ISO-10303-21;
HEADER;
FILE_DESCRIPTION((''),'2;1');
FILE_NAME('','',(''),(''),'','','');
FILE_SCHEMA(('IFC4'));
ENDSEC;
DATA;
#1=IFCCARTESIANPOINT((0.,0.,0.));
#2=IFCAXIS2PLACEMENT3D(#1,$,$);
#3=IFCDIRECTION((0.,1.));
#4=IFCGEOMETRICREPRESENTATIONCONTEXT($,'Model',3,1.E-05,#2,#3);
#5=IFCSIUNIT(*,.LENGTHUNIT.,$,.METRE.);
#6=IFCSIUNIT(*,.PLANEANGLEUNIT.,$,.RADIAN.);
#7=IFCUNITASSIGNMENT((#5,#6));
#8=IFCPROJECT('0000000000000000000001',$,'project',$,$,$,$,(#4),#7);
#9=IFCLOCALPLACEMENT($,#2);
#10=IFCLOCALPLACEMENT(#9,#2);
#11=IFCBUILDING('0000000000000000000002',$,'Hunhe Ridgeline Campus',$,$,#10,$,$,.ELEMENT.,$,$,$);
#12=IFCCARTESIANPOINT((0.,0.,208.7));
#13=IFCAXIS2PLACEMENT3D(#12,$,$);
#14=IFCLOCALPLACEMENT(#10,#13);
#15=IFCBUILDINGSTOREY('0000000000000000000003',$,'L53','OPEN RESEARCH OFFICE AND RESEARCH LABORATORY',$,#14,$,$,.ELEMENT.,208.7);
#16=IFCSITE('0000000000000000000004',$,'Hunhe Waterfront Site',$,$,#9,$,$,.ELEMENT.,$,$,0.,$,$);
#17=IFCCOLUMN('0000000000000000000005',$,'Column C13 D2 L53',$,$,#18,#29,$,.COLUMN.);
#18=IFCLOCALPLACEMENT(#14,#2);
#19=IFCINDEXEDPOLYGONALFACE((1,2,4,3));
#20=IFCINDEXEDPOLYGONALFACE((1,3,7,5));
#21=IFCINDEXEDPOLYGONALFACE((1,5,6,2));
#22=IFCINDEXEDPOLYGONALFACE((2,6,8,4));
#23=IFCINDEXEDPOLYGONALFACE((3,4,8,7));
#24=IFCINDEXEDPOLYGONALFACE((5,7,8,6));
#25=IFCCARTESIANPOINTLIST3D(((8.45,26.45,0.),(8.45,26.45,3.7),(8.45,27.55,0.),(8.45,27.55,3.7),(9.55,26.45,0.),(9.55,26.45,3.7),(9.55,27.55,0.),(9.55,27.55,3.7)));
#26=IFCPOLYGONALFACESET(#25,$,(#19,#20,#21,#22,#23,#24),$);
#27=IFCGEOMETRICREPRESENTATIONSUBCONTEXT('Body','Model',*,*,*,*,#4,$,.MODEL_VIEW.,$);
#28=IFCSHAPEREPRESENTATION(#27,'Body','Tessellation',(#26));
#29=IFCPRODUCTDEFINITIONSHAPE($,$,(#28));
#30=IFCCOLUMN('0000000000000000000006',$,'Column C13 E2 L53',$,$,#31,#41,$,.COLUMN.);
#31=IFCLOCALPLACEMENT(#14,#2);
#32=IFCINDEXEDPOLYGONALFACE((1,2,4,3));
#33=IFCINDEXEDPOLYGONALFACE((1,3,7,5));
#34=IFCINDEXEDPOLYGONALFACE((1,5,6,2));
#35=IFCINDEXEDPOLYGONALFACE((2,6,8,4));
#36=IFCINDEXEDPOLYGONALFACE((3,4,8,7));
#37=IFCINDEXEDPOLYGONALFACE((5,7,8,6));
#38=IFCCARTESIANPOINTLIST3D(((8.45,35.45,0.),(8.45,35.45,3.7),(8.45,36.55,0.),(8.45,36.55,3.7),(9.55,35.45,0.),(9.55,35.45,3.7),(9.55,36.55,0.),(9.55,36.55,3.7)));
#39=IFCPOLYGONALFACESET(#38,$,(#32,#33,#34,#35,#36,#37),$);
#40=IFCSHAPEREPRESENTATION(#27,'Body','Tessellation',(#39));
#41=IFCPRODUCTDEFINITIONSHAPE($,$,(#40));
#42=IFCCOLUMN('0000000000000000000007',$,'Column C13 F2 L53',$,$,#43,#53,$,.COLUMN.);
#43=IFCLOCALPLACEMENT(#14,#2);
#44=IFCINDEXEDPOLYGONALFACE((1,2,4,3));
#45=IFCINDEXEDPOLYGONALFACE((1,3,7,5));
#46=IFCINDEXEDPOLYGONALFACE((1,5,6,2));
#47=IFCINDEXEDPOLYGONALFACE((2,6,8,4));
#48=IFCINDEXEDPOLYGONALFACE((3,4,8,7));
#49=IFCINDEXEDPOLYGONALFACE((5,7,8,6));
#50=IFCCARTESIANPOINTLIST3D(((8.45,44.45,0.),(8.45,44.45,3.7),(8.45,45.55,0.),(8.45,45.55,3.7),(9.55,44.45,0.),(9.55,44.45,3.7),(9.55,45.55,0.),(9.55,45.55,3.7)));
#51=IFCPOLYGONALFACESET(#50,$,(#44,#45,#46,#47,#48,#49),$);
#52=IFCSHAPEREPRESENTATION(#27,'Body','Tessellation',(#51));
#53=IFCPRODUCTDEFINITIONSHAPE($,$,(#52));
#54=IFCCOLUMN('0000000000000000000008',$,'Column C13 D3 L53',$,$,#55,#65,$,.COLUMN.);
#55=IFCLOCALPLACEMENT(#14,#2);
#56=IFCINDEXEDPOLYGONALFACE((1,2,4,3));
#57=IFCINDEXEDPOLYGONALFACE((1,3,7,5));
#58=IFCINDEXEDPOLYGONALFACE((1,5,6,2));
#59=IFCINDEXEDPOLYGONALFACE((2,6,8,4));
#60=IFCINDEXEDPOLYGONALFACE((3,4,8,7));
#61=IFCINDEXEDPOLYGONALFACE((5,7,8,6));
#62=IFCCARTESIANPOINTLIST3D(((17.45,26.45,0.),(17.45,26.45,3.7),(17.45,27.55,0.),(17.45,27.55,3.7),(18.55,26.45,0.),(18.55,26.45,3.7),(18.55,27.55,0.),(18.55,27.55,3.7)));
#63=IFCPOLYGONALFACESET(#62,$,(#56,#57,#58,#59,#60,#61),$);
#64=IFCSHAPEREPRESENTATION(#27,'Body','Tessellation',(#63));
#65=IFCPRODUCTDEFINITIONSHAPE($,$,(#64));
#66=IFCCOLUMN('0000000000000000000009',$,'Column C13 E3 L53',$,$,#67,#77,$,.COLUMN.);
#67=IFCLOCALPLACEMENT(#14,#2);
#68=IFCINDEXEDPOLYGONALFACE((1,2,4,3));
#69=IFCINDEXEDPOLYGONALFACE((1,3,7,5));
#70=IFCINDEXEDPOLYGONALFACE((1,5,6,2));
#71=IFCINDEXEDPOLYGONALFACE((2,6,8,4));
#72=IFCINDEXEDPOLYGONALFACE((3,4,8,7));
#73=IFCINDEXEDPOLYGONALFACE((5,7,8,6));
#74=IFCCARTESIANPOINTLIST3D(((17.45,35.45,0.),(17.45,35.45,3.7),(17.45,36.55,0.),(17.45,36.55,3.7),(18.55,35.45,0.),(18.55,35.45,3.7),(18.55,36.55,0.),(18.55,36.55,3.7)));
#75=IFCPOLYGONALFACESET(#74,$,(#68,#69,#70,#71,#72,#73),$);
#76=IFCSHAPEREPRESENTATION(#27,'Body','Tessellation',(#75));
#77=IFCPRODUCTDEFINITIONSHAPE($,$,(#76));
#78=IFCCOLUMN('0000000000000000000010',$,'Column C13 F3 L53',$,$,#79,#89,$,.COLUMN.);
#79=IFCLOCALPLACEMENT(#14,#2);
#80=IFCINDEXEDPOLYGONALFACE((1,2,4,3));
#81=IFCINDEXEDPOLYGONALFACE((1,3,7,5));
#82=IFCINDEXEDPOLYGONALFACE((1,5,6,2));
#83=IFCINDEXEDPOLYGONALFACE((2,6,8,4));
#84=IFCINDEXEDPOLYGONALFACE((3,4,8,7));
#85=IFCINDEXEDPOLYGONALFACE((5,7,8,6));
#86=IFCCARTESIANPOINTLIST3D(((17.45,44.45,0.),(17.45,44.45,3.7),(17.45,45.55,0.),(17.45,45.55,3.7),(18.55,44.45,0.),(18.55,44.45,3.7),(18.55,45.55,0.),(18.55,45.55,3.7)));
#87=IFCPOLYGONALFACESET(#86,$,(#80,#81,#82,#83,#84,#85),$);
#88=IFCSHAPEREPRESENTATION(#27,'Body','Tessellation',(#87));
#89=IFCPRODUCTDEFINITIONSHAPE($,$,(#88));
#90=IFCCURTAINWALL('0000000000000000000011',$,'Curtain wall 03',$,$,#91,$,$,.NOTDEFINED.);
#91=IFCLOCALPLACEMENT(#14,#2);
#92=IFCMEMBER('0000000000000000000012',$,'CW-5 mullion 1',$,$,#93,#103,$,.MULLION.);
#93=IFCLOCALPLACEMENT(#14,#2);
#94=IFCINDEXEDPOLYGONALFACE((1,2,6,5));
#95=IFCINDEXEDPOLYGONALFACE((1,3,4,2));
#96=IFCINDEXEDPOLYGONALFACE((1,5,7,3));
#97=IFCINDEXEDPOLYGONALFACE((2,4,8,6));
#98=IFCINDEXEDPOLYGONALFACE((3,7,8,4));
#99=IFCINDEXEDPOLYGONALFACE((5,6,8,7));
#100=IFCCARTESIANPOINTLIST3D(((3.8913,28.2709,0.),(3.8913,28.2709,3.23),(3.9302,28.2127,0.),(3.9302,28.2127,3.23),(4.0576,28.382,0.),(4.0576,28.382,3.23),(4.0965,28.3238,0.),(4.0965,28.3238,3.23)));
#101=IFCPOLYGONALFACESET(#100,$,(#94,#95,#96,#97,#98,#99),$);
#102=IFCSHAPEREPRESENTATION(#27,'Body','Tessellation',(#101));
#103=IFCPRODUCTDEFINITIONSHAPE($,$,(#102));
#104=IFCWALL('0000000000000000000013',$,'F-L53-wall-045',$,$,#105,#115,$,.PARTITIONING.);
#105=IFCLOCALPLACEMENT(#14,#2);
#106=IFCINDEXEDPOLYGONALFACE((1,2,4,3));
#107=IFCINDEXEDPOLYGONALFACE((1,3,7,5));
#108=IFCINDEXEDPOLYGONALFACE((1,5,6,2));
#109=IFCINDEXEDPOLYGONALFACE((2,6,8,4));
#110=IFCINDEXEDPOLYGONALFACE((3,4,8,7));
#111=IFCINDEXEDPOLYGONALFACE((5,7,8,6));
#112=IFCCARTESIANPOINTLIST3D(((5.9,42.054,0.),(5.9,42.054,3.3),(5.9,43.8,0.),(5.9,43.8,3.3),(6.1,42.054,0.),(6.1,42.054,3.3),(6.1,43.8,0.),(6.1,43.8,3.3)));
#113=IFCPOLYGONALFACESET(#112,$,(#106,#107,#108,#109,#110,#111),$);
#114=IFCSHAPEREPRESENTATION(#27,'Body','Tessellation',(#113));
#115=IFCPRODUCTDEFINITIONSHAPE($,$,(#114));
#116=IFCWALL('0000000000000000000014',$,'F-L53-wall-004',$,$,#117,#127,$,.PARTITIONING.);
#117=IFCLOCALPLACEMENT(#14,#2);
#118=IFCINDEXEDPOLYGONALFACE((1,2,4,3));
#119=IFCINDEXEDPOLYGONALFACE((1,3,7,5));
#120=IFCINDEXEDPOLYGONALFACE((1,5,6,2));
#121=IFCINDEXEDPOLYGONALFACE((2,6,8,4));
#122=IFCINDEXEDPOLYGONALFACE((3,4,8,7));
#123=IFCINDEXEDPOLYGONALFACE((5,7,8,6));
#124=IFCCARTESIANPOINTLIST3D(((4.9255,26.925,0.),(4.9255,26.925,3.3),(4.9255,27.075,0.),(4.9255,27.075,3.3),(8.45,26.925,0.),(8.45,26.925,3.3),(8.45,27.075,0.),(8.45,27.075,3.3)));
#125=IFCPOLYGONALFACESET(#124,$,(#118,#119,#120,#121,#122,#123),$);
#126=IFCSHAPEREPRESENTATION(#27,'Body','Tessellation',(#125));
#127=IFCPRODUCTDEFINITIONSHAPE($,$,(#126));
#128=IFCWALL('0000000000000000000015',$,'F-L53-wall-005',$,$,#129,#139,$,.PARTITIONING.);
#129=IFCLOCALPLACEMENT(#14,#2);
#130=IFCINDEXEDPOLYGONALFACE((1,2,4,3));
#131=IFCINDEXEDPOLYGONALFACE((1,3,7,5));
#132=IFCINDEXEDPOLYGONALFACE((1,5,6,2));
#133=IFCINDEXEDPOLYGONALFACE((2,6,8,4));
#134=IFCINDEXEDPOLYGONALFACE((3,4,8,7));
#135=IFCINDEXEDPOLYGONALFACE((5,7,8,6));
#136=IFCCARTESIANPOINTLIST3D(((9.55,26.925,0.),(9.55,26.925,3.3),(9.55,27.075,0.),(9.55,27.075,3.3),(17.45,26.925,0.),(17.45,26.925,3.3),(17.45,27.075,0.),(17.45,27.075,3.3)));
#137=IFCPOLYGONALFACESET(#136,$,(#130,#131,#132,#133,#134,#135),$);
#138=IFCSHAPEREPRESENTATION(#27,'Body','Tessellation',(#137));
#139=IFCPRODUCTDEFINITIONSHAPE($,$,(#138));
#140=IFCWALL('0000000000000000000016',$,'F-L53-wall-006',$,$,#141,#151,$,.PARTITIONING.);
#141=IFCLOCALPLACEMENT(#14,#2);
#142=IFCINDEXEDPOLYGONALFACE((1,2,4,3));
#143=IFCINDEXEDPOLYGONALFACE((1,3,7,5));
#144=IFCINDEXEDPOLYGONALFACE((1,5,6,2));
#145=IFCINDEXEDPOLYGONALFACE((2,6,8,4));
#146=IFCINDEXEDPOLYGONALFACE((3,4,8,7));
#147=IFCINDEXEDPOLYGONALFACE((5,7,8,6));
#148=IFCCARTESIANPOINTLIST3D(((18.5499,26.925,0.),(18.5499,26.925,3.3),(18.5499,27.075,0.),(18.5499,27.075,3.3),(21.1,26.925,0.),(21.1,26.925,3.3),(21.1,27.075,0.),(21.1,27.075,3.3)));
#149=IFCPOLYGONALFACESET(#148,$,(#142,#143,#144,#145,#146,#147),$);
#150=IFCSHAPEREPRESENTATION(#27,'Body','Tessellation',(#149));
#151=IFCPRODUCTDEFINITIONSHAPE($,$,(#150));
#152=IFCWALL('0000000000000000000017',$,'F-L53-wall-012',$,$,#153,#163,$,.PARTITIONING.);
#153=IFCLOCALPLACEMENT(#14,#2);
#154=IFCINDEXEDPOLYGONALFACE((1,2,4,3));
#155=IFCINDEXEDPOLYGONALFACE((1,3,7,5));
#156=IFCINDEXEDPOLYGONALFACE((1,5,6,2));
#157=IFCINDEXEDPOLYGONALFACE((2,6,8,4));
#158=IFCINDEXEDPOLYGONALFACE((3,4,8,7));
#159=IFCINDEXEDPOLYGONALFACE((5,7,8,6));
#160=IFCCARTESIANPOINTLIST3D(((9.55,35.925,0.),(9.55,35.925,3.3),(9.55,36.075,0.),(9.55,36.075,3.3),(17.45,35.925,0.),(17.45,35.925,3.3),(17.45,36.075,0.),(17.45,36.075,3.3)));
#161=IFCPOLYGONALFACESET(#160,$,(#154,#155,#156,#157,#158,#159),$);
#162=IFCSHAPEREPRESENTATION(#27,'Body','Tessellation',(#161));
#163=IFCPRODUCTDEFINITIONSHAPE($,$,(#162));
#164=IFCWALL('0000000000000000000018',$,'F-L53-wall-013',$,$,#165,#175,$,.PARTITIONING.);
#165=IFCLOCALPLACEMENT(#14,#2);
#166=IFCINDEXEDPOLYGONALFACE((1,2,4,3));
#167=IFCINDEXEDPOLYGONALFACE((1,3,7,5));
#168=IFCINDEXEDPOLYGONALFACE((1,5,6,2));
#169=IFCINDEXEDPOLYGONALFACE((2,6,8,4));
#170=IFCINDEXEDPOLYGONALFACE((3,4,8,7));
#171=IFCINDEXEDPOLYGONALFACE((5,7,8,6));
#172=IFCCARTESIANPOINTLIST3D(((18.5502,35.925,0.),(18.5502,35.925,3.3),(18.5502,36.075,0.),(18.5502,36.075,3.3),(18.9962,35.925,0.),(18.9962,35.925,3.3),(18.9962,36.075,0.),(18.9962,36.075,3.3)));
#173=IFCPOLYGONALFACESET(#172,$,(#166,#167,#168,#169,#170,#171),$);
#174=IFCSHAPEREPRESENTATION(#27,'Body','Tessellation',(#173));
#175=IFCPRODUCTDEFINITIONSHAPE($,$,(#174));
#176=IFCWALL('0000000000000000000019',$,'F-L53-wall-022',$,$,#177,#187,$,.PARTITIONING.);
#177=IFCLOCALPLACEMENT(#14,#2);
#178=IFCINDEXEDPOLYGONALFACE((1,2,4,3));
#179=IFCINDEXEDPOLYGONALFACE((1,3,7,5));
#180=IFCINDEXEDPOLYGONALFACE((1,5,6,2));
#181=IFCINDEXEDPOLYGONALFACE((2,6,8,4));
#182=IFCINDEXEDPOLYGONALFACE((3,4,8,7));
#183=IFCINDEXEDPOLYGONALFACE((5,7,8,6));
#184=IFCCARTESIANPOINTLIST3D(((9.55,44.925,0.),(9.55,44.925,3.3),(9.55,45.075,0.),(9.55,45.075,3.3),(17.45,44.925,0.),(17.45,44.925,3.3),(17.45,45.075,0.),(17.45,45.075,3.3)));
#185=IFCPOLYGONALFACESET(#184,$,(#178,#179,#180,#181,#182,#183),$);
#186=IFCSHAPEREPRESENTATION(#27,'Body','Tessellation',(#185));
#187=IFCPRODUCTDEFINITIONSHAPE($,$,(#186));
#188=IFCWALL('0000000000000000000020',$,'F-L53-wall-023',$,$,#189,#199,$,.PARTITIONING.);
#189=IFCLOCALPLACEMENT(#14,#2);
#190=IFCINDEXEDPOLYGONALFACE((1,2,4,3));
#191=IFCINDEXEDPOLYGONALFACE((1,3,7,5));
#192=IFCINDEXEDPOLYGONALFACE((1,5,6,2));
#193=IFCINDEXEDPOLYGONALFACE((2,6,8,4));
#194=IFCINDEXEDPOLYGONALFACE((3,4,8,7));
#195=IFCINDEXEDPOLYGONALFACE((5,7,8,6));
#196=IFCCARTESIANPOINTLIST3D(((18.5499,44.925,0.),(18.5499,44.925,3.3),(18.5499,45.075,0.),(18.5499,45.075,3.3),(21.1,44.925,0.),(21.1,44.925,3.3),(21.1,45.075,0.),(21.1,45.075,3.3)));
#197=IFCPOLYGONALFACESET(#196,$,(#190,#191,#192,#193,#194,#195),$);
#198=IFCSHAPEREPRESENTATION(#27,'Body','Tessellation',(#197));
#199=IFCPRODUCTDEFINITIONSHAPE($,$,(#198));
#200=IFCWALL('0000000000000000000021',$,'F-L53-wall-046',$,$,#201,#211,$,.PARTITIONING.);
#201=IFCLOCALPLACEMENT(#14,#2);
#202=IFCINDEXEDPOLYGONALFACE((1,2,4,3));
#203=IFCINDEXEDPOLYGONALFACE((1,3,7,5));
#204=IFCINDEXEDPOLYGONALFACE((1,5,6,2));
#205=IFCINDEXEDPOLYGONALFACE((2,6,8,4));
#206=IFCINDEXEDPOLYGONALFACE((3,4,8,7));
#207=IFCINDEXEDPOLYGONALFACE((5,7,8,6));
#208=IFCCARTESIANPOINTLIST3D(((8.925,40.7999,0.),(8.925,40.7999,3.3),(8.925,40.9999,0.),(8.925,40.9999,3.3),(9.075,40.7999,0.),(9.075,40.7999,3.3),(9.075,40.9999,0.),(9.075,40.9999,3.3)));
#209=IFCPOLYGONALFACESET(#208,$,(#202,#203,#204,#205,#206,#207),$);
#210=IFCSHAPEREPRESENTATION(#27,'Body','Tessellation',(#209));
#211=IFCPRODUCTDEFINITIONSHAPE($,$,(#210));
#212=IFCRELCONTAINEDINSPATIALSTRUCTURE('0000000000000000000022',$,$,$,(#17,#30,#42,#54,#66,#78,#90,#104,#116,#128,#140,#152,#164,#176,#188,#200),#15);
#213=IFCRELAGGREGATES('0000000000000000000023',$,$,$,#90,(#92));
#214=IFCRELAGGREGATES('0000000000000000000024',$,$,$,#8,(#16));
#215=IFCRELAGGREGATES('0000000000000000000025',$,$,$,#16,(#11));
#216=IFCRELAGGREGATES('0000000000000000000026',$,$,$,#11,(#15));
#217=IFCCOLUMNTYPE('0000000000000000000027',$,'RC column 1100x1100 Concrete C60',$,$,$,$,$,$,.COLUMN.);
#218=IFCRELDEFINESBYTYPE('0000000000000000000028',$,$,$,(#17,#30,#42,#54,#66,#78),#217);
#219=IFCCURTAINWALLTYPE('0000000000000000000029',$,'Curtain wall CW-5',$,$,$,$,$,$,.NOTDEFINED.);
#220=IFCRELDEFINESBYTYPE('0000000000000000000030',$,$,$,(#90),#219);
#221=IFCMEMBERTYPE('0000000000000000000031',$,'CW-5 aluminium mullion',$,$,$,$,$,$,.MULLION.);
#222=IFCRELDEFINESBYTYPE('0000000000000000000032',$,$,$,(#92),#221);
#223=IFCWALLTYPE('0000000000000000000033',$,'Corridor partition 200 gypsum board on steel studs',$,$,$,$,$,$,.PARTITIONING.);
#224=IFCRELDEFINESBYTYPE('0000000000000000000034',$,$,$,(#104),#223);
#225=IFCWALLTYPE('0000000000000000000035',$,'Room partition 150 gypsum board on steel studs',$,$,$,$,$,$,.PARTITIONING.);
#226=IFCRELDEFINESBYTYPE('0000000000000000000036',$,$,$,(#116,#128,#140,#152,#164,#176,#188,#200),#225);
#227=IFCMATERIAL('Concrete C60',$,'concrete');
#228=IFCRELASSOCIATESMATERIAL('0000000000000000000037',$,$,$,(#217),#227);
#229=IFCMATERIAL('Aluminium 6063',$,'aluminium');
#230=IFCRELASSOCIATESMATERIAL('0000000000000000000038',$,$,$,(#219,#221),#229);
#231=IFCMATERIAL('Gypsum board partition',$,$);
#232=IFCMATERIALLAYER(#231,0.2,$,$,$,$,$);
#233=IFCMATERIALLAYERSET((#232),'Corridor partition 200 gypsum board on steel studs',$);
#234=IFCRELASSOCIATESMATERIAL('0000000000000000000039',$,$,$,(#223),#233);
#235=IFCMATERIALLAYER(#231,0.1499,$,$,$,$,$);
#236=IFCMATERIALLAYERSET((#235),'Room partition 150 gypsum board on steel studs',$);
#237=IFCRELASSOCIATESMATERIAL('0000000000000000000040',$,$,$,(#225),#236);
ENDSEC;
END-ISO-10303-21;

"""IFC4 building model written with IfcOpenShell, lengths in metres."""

from ifc_helpers import new_model, si_unit, direction, frame, frame_2d, origin, origin_2d, place, context, subcontext, project, spatial, rectangle, extrude, material, layer, layer_set, material_profile, profile_set, type_object, element, aggregate, save


model = new_model("IFC4")

# Units and contexts
model_context = context("Model", 3, precision=1e-05, world=origin(), true_north=direction((0.0, 1.0)))
body_context = subcontext(model_context, "Body", "Model", "MODEL_VIEW")
ifc_project = project(units=[si_unit("LENGTHUNIT", "METRE"), si_unit("PLANEANGLEUNIT", "RADIAN")], contexts=[model_context])

# Site, building, storey
site_placement = place(None, origin())
site = spatial("IfcSite", under=ifc_project, at=site_placement, Name="Hunhe Waterfront Site", CompositionType="ELEMENT", RefElevation=0.0)
building_placement = place(site_placement, origin())
building = spatial("IfcBuilding", under=site, at=building_placement, Name="Hunhe Ridgeline Campus", CompositionType="ELEMENT")
storey_placement = place(building_placement, frame((0.0, 0.0, 208.7)))
storey = spatial("IfcBuildingStorey", under=building, at=storey_placement, Name="L53", Description="OPEN RESEARCH OFFICE AND RESEARCH LABORATORY", CompositionType="ELEMENT", Elevation=208.7)

# Columns
ifc_material_1 = material(Name="Concrete C60", Category="concrete")
ifc_material_profile_1 = material_profile(ifc_material_1, rectangle(XDim=1.1001, YDim=1.1001, at=origin_2d()))
ifc_profile_set_1 = profile_set([ifc_material_profile_1], Name="Concrete C60")
column_type = type_object("IfcColumnType", Name="RC column 1100x1100 Concrete C60", PredefinedType="COLUMN", material=ifc_profile_set_1)
for number, where, z_axis, x_axis, name in (
    (1, (9.0, 27.0, 0.0), (0.0, 0.0, 1.0), (1.0, 0.0, 0.0), "Column C13 D2 L53"),
    (2, (9.0, 36.0, 0.0), (0.0, 0.0, 1.0), (1.0, 0.0, 0.0), "Column C13 E2 L53"),
    (3, (9.0, 45.0, 0.0), (0.0, 0.0, 1.0), (1.0, 0.0, 0.0), "Column C13 F2 L53"),
    (4, (18.0, 27.0, 0.0), (0.0, 0.0, 1.0), (1.0, 0.0, 0.0), "Column C13 D3 L53"),
    (5, (18.0, 36.0, 0.0), (0.0, 0.0, 1.0), (1.0, 0.0, 0.0), "Column C13 E3 L53"),
    (6, (18.0, 45.0, 0.0), (0.0, 0.0, 1.0), (1.0, 0.0, 0.0), "Column C13 F3 L53"),
):
    element("IfcColumn", number, at=place(storey_placement, frame(where, z_axis=z_axis, x_axis=x_axis)), inside=storey, type_object=column_type, Name=name, PredefinedType="COLUMN", context=body_context, shape_type="SweptSolid", body=[
        extrude(rectangle(XDim=1.1001, YDim=1.1001, at=origin_2d()), origin(), (0.0, 0.0, 1.0), 3.7),
    ])

# Curtain wall, member
ifc_material_2 = material(Name="Aluminium 6063", Category="aluminium")
curtain_wall_type = type_object("IfcCurtainWallType", Name="Curtain wall CW-5", PredefinedType="NOTDEFINED", material=ifc_material_2)
curtain_wall_placement = place(storey_placement, origin())
curtain_wall = element("IfcCurtainWall", 7, at=curtain_wall_placement, inside=storey, type_object=curtain_wall_type, Name="Curtain wall 03", PredefinedType="NOTDEFINED")
ifc_material_profile_2 = material_profile(ifc_material_2, rectangle(XDim=0.2, YDim=0.0701, at=origin_2d()))
ifc_profile_set_2 = profile_set([ifc_material_profile_2], Name="Aluminium 6063")
member_type = type_object("IfcMemberType", Name="CW-5 aluminium mullion", PredefinedType="MULLION", material=ifc_profile_set_2)
member_placement = place(storey_placement, frame((3.9939, 28.2974, 0.0), z_axis=(0.0, 0.0, 1.0), x_axis=(0.83147, 0.55557, 0.0)))
member = element("IfcMember", 8, at=member_placement, type_object=member_type, Name="CW-5 mullion 1", PredefinedType="MULLION", context=body_context, shape_type="SweptSolid", body=[
    extrude(rectangle(XDim=0.2, YDim=0.0701, at=origin_2d()), origin(), (0.0, 0.0, 1.0), 3.23),
])
aggregate(curtain_wall, [member])

# Shared definitions
ifc_material_3 = material(Name="Gypsum board partition")
ifc_layer_1 = layer(ifc_material_3, 0.2)
ifc_layer_set_1 = layer_set([ifc_layer_1], Name="Corridor partition 200 gypsum board on steel studs")
wall_type_1 = type_object("IfcWallType", Name="Corridor partition 200 gypsum board on steel studs", PredefinedType="PARTITIONING", material=ifc_layer_set_1)

# Walls
wall_1_placement = place(storey_placement, frame((6.0, 42.054, 0.0), z_axis=(0.0, 0.0, 1.0), x_axis=(0.0, 1.0, 0.0)))
element("IfcWall", 9, at=wall_1_placement, inside=storey, type_object=wall_type_1, Name="F-L53-wall-045", PredefinedType="PARTITIONING", context=body_context, shape_type="SweptSolid", body=[
    extrude(rectangle(XDim=1.7461, YDim=0.2, at=frame_2d((0.873, 0.0))), origin(), (0.0, 0.0, 1.0), 3.3),
])
ifc_layer_2 = layer(ifc_material_3, 0.1499)
ifc_layer_set_2 = layer_set([ifc_layer_2], Name="Room partition 150 gypsum board on steel studs")
wall_type_2 = type_object("IfcWallType", Name="Room partition 150 gypsum board on steel studs", PredefinedType="PARTITIONING", material=ifc_layer_set_2)
wall_2_placement = place(storey_placement, frame((4.9255, 27.0, 0.0), z_axis=(0.0, 0.0, 1.0), x_axis=(1.0, 0.0, 0.0)))
element("IfcWall", 10, at=wall_2_placement, inside=storey, type_object=wall_type_2, Name="F-L53-wall-004", PredefinedType="PARTITIONING", context=body_context, shape_type="SweptSolid", body=[
    extrude(rectangle(XDim=3.5244, YDim=0.1499, at=frame_2d((1.7622, 0.0))), origin(), (0.0, 0.0, 1.0), 3.3),
])
wall_3_placement = place(storey_placement, frame((9.55, 27.0, 0.0), z_axis=(0.0, 0.0, 1.0), x_axis=(1.0, 0.0, 0.0)))
element("IfcWall", 11, at=wall_3_placement, inside=storey, type_object=wall_type_2, Name="F-L53-wall-005", PredefinedType="PARTITIONING", context=body_context, shape_type="SweptSolid", body=[
    extrude(rectangle(XDim=7.8999, YDim=0.1499, at=frame_2d((3.95, 0.0))), origin(), (0.0, 0.0, 1.0), 3.3),
])
wall_4_placement = place(storey_placement, frame((18.55, 27.0, 0.0), z_axis=(0.0, 0.0, 1.0), x_axis=(1.0, 0.0, 0.0)))
element("IfcWall", 12, at=wall_4_placement, inside=storey, type_object=wall_type_2, Name="F-L53-wall-006", PredefinedType="PARTITIONING", context=body_context, shape_type="SweptSolid", body=[
    extrude(rectangle(XDim=2.55, YDim=0.1499, at=frame_2d((1.2749, 0.0))), origin(), (0.0, 0.0, 1.0), 3.3),
])
wall_5_placement = place(storey_placement, frame((9.55, 36.0, 0.0), z_axis=(0.0, 0.0, 1.0), x_axis=(1.0, 0.0, 0.0)))
element("IfcWall", 13, at=wall_5_placement, inside=storey, type_object=wall_type_2, Name="F-L53-wall-012", PredefinedType="PARTITIONING", context=body_context, shape_type="SweptSolid", body=[
    extrude(rectangle(XDim=7.8999, YDim=0.1499, at=frame_2d((3.95, 0.0))), origin(), (0.0, 0.0, 1.0), 3.3),
])
wall_6_placement = place(storey_placement, frame((18.55, 36.0, 0.0), z_axis=(0.0, 0.0, 1.0), x_axis=(1.0, 0.0, 0.0)))
element("IfcWall", 14, at=wall_6_placement, inside=storey, type_object=wall_type_2, Name="F-L53-wall-013", PredefinedType="PARTITIONING", context=body_context, shape_type="SweptSolid", body=[
    extrude(rectangle(XDim=0.446, YDim=0.1499, at=frame_2d((0.2231, 0.0))), origin(), (0.0, 0.0, 1.0), 3.3),
])
wall_7_placement = place(storey_placement, frame((9.55, 45.0, 0.0), z_axis=(0.0, 0.0, 1.0), x_axis=(1.0, 0.0, 0.0)))
element("IfcWall", 15, at=wall_7_placement, inside=storey, type_object=wall_type_2, Name="F-L53-wall-022", PredefinedType="PARTITIONING", context=body_context, shape_type="SweptSolid", body=[
    extrude(rectangle(XDim=7.8999, YDim=0.1499, at=frame_2d((3.95, 0.0))), origin(), (0.0, 0.0, 1.0), 3.3),
])
wall_8_placement = place(storey_placement, frame((18.55, 45.0, 0.0), z_axis=(0.0, 0.0, 1.0), x_axis=(1.0, 0.0, 0.0)))
element("IfcWall", 16, at=wall_8_placement, inside=storey, type_object=wall_type_2, Name="F-L53-wall-023", PredefinedType="PARTITIONING", context=body_context, shape_type="SweptSolid", body=[
    extrude(rectangle(XDim=2.55, YDim=0.1499, at=frame_2d((1.2749, 0.0))), origin(), (0.0, 0.0, 1.0), 3.3),
])
wall_9_placement = place(storey_placement, frame((9.0, 41.0, 0.0), z_axis=(0.0, 0.0, 1.0), x_axis=(0.0, -1.0, 0.0)))
element("IfcWall", 17, at=wall_9_placement, inside=storey, type_object=wall_type_2, Name="F-L53-wall-046", PredefinedType="PARTITIONING", context=body_context, shape_type="SweptSolid", body=[
    extrude(rectangle(XDim=0.2, YDim=0.1499, at=frame_2d((0.1001, 0.0))), origin(), (0.0, 0.0, 1.0), 3.3),
])

save(model, "model.ifc")
